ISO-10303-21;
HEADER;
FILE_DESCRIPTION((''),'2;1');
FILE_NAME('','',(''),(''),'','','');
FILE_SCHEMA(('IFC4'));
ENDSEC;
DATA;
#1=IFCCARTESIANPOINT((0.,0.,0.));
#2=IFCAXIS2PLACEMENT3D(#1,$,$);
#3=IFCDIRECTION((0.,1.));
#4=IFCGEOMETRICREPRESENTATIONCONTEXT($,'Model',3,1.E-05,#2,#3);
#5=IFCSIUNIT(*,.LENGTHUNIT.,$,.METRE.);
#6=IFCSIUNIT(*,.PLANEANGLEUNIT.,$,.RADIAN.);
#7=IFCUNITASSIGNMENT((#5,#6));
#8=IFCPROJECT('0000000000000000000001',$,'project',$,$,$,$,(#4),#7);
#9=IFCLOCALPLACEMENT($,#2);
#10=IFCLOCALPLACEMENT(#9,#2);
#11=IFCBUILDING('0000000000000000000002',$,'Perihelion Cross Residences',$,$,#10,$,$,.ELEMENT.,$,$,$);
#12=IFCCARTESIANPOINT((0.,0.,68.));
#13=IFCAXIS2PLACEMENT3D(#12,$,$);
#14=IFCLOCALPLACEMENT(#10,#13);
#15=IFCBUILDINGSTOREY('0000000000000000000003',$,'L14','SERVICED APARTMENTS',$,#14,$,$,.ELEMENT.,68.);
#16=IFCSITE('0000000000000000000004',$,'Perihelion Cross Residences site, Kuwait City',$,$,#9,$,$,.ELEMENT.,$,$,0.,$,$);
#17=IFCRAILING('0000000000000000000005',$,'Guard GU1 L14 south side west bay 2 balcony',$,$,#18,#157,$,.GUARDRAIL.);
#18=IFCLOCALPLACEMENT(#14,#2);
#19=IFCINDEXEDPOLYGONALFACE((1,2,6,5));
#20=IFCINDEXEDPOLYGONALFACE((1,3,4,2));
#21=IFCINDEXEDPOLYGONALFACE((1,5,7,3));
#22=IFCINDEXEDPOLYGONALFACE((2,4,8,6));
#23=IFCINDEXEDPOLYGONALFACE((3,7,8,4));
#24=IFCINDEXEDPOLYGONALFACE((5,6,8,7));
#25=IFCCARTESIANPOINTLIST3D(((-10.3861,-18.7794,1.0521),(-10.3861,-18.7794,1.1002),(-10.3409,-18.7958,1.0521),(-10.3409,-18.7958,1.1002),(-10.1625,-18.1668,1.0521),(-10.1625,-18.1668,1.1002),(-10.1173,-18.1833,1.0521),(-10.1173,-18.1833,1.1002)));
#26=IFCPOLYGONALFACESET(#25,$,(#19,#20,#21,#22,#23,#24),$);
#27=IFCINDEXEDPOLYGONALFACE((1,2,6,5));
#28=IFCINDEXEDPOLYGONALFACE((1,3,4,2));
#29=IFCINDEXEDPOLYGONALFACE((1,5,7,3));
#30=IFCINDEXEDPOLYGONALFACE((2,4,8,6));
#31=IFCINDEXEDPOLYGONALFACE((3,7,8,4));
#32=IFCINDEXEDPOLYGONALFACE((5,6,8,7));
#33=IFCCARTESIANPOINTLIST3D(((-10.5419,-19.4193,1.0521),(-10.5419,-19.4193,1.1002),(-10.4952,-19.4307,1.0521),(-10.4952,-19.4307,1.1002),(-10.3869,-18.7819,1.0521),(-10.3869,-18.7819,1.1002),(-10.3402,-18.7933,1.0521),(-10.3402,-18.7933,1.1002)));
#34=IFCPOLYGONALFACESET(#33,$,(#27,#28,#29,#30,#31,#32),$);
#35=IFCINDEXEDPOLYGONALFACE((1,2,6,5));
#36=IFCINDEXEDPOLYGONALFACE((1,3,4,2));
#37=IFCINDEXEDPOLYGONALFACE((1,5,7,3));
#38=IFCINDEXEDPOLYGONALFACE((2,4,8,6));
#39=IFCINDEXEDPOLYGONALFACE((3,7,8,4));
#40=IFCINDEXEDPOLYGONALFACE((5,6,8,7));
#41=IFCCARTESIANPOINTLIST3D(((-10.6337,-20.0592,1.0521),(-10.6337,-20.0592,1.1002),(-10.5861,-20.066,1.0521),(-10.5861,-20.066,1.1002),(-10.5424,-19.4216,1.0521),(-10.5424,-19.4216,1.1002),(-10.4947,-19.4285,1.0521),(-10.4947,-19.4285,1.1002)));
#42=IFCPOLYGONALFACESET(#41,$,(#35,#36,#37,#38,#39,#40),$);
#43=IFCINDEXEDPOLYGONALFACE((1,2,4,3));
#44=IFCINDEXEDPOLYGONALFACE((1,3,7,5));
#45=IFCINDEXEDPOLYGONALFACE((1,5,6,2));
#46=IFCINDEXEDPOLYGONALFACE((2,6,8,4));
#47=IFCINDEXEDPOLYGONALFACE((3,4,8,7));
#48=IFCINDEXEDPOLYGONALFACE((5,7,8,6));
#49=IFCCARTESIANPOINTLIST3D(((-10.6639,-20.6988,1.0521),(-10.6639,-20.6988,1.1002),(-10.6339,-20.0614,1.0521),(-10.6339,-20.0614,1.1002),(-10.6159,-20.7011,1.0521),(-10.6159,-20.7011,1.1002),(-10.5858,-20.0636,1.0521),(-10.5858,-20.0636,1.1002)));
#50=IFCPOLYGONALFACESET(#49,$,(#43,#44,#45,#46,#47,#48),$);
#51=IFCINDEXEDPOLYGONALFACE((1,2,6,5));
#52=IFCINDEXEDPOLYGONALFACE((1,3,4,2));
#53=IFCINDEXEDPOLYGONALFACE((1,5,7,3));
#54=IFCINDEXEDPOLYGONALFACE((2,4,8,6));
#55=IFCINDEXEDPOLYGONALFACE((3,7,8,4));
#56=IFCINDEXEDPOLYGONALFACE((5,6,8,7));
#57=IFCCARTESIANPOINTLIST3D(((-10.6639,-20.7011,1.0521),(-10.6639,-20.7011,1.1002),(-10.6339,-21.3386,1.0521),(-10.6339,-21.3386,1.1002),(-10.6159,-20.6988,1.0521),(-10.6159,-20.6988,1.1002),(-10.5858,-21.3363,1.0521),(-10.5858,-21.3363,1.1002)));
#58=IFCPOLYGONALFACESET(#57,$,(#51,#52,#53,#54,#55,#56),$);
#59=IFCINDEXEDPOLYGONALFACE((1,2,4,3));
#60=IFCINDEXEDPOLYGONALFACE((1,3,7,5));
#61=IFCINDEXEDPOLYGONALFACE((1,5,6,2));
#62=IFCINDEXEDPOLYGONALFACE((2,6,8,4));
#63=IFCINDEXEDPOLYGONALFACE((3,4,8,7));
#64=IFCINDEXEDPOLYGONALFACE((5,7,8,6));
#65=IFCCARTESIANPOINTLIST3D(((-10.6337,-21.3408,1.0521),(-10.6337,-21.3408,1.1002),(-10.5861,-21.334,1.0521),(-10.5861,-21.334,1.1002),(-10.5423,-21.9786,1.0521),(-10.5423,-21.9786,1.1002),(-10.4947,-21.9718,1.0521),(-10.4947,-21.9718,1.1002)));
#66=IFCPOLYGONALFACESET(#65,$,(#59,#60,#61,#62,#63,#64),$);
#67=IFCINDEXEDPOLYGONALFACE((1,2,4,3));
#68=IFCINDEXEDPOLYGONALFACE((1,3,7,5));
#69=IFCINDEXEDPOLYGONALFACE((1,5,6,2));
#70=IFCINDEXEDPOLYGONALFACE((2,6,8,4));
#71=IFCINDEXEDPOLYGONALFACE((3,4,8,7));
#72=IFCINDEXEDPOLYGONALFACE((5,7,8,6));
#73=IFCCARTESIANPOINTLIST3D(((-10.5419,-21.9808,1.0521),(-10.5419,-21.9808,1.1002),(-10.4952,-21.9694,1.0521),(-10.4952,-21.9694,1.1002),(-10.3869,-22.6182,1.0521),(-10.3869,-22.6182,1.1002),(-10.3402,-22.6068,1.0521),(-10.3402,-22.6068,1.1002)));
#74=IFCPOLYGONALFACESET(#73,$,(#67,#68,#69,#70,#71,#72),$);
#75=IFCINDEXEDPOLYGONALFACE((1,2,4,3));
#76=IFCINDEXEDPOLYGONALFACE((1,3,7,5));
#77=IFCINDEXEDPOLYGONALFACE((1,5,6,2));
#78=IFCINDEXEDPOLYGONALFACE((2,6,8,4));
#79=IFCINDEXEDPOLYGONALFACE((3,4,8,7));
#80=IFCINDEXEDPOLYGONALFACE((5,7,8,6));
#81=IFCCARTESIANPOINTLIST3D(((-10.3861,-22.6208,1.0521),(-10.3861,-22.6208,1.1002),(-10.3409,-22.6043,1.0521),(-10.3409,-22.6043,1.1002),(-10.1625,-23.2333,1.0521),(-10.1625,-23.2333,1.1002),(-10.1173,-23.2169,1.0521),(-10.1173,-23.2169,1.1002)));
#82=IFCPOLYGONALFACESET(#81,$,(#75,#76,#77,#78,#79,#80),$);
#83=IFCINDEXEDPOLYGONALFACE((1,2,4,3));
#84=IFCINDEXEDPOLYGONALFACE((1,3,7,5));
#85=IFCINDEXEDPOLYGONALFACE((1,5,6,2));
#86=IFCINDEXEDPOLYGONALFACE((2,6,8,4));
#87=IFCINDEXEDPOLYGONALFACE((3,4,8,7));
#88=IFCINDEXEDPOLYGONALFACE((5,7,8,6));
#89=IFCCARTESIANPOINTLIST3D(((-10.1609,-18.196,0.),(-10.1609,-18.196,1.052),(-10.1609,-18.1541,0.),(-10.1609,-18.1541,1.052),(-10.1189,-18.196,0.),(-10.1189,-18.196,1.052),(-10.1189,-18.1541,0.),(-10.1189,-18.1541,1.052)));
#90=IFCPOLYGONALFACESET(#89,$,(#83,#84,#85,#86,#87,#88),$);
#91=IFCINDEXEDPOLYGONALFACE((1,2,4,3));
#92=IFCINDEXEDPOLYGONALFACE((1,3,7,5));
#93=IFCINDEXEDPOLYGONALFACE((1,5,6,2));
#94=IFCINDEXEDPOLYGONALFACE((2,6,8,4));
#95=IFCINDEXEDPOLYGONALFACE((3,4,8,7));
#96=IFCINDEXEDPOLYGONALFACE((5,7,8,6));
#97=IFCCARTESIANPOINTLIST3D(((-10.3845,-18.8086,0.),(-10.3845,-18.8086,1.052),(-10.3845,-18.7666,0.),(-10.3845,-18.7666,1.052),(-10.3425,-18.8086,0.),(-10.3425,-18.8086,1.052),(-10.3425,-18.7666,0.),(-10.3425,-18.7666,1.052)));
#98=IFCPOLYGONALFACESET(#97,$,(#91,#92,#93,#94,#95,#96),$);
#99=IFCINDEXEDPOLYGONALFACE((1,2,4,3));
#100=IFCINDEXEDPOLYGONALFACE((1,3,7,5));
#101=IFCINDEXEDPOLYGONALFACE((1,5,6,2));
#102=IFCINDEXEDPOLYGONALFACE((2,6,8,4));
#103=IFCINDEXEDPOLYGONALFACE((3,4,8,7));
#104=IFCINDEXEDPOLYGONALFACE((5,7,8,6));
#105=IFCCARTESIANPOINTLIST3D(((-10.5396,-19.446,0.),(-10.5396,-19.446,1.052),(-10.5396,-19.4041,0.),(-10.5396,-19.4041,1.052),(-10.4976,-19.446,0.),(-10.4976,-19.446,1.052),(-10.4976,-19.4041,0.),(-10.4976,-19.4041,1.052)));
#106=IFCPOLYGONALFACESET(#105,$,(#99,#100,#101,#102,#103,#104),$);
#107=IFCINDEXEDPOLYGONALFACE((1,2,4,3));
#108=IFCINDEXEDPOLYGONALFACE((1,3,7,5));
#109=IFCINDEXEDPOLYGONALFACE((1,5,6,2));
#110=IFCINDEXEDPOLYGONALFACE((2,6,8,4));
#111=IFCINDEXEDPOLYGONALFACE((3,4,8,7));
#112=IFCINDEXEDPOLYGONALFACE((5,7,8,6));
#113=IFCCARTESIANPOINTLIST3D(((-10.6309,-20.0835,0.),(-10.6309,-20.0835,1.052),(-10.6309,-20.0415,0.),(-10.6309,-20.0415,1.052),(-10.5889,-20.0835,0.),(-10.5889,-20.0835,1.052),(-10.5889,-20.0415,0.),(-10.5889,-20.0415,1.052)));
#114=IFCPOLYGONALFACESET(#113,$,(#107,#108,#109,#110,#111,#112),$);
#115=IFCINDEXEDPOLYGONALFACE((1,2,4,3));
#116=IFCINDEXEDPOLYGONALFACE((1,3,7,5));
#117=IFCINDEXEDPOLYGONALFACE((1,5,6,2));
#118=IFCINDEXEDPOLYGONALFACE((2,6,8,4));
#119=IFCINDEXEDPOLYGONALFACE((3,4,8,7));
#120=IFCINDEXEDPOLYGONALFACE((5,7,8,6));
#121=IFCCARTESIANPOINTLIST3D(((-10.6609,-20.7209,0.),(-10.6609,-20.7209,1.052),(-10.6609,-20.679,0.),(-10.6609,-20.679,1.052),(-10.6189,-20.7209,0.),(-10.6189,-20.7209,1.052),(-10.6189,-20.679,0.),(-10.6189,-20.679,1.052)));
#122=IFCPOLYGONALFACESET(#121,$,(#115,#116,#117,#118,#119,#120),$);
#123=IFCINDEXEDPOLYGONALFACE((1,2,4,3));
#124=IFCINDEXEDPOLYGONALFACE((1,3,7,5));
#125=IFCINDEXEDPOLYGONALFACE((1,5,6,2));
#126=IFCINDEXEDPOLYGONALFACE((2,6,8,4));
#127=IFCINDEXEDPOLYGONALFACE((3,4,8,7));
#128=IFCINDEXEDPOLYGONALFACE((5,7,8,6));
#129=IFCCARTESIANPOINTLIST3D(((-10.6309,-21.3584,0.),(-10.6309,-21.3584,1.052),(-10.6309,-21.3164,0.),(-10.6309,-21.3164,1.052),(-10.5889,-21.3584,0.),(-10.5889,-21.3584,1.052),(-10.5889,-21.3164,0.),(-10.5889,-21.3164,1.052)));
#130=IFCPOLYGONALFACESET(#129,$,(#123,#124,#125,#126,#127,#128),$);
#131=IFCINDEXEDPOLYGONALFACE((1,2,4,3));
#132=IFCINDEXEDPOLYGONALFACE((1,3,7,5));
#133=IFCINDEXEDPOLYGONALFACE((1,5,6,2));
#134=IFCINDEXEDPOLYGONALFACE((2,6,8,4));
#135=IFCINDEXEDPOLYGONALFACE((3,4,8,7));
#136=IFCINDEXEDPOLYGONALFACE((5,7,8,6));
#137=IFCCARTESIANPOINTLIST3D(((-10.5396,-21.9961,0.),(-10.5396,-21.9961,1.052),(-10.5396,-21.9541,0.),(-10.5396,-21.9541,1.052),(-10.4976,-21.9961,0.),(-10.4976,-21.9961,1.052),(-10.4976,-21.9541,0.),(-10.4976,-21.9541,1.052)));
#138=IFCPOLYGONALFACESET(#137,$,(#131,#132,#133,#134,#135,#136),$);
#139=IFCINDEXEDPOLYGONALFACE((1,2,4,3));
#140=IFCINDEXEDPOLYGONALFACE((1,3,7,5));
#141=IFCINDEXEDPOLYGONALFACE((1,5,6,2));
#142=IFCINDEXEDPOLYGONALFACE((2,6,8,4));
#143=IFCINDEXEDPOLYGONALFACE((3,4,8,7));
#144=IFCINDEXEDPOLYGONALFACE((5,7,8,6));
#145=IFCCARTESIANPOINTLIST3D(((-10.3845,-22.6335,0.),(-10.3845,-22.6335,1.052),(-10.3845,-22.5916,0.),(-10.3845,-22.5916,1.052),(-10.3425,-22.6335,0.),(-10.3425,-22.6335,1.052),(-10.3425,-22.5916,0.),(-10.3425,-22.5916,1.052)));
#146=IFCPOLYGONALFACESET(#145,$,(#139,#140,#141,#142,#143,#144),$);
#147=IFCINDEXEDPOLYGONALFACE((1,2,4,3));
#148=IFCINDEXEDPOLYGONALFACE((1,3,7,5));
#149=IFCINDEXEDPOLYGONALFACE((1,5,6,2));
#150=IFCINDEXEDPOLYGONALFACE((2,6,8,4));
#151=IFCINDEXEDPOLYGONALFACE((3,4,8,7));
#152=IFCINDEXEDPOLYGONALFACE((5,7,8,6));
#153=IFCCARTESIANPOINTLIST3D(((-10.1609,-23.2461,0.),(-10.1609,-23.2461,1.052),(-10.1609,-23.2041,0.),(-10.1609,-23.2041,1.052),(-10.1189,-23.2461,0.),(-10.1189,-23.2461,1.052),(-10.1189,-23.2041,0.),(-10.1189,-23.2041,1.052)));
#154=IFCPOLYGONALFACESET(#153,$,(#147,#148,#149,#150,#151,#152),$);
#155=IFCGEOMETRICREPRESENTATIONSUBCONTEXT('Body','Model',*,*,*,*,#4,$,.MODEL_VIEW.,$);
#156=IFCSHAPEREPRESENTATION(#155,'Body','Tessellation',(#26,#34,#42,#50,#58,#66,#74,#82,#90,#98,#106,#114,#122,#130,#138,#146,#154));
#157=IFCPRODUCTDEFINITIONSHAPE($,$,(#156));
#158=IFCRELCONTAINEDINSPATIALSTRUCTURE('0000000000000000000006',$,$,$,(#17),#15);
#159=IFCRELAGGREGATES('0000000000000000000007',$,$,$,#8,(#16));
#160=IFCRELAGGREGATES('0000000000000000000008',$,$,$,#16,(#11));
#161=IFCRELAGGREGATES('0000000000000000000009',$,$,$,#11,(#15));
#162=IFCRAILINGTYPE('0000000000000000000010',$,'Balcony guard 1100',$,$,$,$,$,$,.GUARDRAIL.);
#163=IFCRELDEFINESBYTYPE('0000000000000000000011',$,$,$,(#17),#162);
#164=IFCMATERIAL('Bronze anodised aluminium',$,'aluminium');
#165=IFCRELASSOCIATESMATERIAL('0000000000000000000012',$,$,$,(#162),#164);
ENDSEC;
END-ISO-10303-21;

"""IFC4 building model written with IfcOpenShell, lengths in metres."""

from ifc_helpers import new_model, si_unit, direction, frame, origin, origin_2d, place, context, subcontext, project, spatial, rectangle, extrude, material, type_object, element, save


model = new_model("IFC4")

# Units and contexts
model_context = context("Model", 3, precision=1e-05, world=origin(), true_north=direction((0.0, 1.0)))
body_context = subcontext(model_context, "Body", "Model", "MODEL_VIEW")
ifc_project = project(units=[si_unit("LENGTHUNIT", "METRE"), si_unit("PLANEANGLEUNIT", "RADIAN")], contexts=[model_context])

# Site, building, storey
site_placement = place(None, origin())
site = spatial("IfcSite", under=ifc_project, at=site_placement, Name="Perihelion Cross Residences site, Kuwait City", CompositionType="ELEMENT", RefElevation=0.0)
building_placement = place(site_placement, origin())
building = spatial("IfcBuilding", under=site, at=building_placement, Name="Perihelion Cross Residences", CompositionType="ELEMENT")
storey_placement = place(building_placement, frame((0.0, 0.0, 68.0)))
storey = spatial("IfcBuildingStorey", under=building, at=storey_placement, Name="L14", Description="SERVICED APARTMENTS", CompositionType="ELEMENT", Elevation=68.0)

# Railing
ifc_material_1 = material(Name="Bronze anodised aluminium", Category="aluminium")
railing_type = type_object("IfcRailingType", Name="Balcony guard 1100", PredefinedType="GUARDRAIL", material=ifc_material_1)
railing_1_placement = place(storey_placement, frame((-10.1399, -18.175, 0.0)))
element("IfcRailing", 1, at=railing_1_placement, inside=storey, type_object=railing_type, Name="Guard GU1 L14 south side west bay 2 balcony", PredefinedType="GUARDRAIL", context=body_context, shape_type="SweptSolid", body=[
    extrude(rectangle(XDim=0.0481, YDim=0.0481, at=origin_2d()), frame((0.0, 0.0, 1.0762), z_axis=(-0.342945, -0.939355, 0.0), x_axis=(0.939355, -0.342945, 0.0)), (0.0, 0.0, 1.0), 0.6521),
    extrude(rectangle(XDim=0.0481, YDim=0.0481, at=origin_2d()), frame((-0.2236, -0.6125, 1.0762), z_axis=(-0.236314, -0.971677, 0.0), x_axis=(0.971677, -0.236314, 0.0)), (0.0, 0.0, 1.0), 0.656),
    extrude(rectangle(XDim=0.0481, YDim=0.0481, at=origin_2d()), frame((-0.3787, -1.25, 1.0762), z_axis=(-0.141793, -0.989896, 0.0), x_axis=(0.989896, -0.141793, 0.0)), (0.0, 0.0, 1.0), 0.644),
    extrude(rectangle(XDim=0.0481, YDim=0.0481, at=origin_2d()), frame((-0.47, -1.8875, 1.0762), z_axis=(-0.047056, -0.998892, 0.0), x_axis=(0.998892, -0.047056, 0.0)), (0.0, 0.0, 1.0), 0.6382),
    extrude(rectangle(XDim=0.0481, YDim=0.0481, at=origin_2d()), frame((-0.5, -2.5249, 1.0762), z_axis=(0.047056, -0.998892, 0.0), x_axis=(0.998892, 0.047056, 0.0)), (0.0, 0.0, 1.0), 0.6382),
    extrude(rectangle(XDim=0.0481, YDim=0.0481, at=origin_2d()), frame((-0.47, -3.1624, 1.0762), z_axis=(0.14174, -0.989904, 0.0), x_axis=(0.989904, 0.14174, 0.0)), (0.0, 0.0, 1.0), 0.6443),
    extrude(rectangle(XDim=0.0481, YDim=0.0481, at=origin_2d()), frame((-0.3787, -3.8, 1.0762), z_axis=(0.236314, -0.971677, 0.0), x_axis=(0.971677, 0.236314, 0.0)), (0.0, 0.0, 1.0), 0.656),
    extrude(rectangle(XDim=0.0481, YDim=0.0481, at=origin_2d()), frame((-0.2236, -4.4375, 1.0762), z_axis=(0.342945, -0.939355, 0.0), x_axis=(0.939355, 0.342945, 0.0)), (0.0, 0.0, 1.0), 0.6521),
    extrude(rectangle(XDim=0.042, YDim=0.042, at=origin_2d()), origin(), (0.0, 0.0, 1.0), 1.052),
    extrude(rectangle(XDim=0.042, YDim=0.042, at=origin_2d()), frame((-0.2236, -0.6125, 0.0)), (0.0, 0.0, 1.0), 1.052),
    extrude(rectangle(XDim=0.042, YDim=0.042, at=origin_2d()), frame((-0.3787, -1.25, 0.0)), (0.0, 0.0, 1.0), 1.052),
    extrude(rectangle(XDim=0.042, YDim=0.042, at=origin_2d()), frame((-0.47, -1.8875, 0.0)), (0.0, 0.0, 1.0), 1.052),
    extrude(rectangle(XDim=0.042, YDim=0.042, at=origin_2d()), frame((-0.5, -2.5249, 0.0)), (0.0, 0.0, 1.0), 1.052),
    extrude(rectangle(XDim=0.042, YDim=0.042, at=origin_2d()), frame((-0.47, -3.1624, 0.0)), (0.0, 0.0, 1.0), 1.052),
    extrude(rectangle(XDim=0.042, YDim=0.042, at=origin_2d()), frame((-0.3787, -3.8, 0.0)), (0.0, 0.0, 1.0), 1.052),
    extrude(rectangle(XDim=0.042, YDim=0.042, at=origin_2d()), frame((-0.2236, -4.4375, 0.0)), (0.0, 0.0, 1.0), 1.052),
    extrude(rectangle(XDim=0.042, YDim=0.042, at=origin_2d()), frame((0.0, -5.05, 0.0)), (0.0, 0.0, 1.0), 1.052),
])

save(model, "model.ifc")
